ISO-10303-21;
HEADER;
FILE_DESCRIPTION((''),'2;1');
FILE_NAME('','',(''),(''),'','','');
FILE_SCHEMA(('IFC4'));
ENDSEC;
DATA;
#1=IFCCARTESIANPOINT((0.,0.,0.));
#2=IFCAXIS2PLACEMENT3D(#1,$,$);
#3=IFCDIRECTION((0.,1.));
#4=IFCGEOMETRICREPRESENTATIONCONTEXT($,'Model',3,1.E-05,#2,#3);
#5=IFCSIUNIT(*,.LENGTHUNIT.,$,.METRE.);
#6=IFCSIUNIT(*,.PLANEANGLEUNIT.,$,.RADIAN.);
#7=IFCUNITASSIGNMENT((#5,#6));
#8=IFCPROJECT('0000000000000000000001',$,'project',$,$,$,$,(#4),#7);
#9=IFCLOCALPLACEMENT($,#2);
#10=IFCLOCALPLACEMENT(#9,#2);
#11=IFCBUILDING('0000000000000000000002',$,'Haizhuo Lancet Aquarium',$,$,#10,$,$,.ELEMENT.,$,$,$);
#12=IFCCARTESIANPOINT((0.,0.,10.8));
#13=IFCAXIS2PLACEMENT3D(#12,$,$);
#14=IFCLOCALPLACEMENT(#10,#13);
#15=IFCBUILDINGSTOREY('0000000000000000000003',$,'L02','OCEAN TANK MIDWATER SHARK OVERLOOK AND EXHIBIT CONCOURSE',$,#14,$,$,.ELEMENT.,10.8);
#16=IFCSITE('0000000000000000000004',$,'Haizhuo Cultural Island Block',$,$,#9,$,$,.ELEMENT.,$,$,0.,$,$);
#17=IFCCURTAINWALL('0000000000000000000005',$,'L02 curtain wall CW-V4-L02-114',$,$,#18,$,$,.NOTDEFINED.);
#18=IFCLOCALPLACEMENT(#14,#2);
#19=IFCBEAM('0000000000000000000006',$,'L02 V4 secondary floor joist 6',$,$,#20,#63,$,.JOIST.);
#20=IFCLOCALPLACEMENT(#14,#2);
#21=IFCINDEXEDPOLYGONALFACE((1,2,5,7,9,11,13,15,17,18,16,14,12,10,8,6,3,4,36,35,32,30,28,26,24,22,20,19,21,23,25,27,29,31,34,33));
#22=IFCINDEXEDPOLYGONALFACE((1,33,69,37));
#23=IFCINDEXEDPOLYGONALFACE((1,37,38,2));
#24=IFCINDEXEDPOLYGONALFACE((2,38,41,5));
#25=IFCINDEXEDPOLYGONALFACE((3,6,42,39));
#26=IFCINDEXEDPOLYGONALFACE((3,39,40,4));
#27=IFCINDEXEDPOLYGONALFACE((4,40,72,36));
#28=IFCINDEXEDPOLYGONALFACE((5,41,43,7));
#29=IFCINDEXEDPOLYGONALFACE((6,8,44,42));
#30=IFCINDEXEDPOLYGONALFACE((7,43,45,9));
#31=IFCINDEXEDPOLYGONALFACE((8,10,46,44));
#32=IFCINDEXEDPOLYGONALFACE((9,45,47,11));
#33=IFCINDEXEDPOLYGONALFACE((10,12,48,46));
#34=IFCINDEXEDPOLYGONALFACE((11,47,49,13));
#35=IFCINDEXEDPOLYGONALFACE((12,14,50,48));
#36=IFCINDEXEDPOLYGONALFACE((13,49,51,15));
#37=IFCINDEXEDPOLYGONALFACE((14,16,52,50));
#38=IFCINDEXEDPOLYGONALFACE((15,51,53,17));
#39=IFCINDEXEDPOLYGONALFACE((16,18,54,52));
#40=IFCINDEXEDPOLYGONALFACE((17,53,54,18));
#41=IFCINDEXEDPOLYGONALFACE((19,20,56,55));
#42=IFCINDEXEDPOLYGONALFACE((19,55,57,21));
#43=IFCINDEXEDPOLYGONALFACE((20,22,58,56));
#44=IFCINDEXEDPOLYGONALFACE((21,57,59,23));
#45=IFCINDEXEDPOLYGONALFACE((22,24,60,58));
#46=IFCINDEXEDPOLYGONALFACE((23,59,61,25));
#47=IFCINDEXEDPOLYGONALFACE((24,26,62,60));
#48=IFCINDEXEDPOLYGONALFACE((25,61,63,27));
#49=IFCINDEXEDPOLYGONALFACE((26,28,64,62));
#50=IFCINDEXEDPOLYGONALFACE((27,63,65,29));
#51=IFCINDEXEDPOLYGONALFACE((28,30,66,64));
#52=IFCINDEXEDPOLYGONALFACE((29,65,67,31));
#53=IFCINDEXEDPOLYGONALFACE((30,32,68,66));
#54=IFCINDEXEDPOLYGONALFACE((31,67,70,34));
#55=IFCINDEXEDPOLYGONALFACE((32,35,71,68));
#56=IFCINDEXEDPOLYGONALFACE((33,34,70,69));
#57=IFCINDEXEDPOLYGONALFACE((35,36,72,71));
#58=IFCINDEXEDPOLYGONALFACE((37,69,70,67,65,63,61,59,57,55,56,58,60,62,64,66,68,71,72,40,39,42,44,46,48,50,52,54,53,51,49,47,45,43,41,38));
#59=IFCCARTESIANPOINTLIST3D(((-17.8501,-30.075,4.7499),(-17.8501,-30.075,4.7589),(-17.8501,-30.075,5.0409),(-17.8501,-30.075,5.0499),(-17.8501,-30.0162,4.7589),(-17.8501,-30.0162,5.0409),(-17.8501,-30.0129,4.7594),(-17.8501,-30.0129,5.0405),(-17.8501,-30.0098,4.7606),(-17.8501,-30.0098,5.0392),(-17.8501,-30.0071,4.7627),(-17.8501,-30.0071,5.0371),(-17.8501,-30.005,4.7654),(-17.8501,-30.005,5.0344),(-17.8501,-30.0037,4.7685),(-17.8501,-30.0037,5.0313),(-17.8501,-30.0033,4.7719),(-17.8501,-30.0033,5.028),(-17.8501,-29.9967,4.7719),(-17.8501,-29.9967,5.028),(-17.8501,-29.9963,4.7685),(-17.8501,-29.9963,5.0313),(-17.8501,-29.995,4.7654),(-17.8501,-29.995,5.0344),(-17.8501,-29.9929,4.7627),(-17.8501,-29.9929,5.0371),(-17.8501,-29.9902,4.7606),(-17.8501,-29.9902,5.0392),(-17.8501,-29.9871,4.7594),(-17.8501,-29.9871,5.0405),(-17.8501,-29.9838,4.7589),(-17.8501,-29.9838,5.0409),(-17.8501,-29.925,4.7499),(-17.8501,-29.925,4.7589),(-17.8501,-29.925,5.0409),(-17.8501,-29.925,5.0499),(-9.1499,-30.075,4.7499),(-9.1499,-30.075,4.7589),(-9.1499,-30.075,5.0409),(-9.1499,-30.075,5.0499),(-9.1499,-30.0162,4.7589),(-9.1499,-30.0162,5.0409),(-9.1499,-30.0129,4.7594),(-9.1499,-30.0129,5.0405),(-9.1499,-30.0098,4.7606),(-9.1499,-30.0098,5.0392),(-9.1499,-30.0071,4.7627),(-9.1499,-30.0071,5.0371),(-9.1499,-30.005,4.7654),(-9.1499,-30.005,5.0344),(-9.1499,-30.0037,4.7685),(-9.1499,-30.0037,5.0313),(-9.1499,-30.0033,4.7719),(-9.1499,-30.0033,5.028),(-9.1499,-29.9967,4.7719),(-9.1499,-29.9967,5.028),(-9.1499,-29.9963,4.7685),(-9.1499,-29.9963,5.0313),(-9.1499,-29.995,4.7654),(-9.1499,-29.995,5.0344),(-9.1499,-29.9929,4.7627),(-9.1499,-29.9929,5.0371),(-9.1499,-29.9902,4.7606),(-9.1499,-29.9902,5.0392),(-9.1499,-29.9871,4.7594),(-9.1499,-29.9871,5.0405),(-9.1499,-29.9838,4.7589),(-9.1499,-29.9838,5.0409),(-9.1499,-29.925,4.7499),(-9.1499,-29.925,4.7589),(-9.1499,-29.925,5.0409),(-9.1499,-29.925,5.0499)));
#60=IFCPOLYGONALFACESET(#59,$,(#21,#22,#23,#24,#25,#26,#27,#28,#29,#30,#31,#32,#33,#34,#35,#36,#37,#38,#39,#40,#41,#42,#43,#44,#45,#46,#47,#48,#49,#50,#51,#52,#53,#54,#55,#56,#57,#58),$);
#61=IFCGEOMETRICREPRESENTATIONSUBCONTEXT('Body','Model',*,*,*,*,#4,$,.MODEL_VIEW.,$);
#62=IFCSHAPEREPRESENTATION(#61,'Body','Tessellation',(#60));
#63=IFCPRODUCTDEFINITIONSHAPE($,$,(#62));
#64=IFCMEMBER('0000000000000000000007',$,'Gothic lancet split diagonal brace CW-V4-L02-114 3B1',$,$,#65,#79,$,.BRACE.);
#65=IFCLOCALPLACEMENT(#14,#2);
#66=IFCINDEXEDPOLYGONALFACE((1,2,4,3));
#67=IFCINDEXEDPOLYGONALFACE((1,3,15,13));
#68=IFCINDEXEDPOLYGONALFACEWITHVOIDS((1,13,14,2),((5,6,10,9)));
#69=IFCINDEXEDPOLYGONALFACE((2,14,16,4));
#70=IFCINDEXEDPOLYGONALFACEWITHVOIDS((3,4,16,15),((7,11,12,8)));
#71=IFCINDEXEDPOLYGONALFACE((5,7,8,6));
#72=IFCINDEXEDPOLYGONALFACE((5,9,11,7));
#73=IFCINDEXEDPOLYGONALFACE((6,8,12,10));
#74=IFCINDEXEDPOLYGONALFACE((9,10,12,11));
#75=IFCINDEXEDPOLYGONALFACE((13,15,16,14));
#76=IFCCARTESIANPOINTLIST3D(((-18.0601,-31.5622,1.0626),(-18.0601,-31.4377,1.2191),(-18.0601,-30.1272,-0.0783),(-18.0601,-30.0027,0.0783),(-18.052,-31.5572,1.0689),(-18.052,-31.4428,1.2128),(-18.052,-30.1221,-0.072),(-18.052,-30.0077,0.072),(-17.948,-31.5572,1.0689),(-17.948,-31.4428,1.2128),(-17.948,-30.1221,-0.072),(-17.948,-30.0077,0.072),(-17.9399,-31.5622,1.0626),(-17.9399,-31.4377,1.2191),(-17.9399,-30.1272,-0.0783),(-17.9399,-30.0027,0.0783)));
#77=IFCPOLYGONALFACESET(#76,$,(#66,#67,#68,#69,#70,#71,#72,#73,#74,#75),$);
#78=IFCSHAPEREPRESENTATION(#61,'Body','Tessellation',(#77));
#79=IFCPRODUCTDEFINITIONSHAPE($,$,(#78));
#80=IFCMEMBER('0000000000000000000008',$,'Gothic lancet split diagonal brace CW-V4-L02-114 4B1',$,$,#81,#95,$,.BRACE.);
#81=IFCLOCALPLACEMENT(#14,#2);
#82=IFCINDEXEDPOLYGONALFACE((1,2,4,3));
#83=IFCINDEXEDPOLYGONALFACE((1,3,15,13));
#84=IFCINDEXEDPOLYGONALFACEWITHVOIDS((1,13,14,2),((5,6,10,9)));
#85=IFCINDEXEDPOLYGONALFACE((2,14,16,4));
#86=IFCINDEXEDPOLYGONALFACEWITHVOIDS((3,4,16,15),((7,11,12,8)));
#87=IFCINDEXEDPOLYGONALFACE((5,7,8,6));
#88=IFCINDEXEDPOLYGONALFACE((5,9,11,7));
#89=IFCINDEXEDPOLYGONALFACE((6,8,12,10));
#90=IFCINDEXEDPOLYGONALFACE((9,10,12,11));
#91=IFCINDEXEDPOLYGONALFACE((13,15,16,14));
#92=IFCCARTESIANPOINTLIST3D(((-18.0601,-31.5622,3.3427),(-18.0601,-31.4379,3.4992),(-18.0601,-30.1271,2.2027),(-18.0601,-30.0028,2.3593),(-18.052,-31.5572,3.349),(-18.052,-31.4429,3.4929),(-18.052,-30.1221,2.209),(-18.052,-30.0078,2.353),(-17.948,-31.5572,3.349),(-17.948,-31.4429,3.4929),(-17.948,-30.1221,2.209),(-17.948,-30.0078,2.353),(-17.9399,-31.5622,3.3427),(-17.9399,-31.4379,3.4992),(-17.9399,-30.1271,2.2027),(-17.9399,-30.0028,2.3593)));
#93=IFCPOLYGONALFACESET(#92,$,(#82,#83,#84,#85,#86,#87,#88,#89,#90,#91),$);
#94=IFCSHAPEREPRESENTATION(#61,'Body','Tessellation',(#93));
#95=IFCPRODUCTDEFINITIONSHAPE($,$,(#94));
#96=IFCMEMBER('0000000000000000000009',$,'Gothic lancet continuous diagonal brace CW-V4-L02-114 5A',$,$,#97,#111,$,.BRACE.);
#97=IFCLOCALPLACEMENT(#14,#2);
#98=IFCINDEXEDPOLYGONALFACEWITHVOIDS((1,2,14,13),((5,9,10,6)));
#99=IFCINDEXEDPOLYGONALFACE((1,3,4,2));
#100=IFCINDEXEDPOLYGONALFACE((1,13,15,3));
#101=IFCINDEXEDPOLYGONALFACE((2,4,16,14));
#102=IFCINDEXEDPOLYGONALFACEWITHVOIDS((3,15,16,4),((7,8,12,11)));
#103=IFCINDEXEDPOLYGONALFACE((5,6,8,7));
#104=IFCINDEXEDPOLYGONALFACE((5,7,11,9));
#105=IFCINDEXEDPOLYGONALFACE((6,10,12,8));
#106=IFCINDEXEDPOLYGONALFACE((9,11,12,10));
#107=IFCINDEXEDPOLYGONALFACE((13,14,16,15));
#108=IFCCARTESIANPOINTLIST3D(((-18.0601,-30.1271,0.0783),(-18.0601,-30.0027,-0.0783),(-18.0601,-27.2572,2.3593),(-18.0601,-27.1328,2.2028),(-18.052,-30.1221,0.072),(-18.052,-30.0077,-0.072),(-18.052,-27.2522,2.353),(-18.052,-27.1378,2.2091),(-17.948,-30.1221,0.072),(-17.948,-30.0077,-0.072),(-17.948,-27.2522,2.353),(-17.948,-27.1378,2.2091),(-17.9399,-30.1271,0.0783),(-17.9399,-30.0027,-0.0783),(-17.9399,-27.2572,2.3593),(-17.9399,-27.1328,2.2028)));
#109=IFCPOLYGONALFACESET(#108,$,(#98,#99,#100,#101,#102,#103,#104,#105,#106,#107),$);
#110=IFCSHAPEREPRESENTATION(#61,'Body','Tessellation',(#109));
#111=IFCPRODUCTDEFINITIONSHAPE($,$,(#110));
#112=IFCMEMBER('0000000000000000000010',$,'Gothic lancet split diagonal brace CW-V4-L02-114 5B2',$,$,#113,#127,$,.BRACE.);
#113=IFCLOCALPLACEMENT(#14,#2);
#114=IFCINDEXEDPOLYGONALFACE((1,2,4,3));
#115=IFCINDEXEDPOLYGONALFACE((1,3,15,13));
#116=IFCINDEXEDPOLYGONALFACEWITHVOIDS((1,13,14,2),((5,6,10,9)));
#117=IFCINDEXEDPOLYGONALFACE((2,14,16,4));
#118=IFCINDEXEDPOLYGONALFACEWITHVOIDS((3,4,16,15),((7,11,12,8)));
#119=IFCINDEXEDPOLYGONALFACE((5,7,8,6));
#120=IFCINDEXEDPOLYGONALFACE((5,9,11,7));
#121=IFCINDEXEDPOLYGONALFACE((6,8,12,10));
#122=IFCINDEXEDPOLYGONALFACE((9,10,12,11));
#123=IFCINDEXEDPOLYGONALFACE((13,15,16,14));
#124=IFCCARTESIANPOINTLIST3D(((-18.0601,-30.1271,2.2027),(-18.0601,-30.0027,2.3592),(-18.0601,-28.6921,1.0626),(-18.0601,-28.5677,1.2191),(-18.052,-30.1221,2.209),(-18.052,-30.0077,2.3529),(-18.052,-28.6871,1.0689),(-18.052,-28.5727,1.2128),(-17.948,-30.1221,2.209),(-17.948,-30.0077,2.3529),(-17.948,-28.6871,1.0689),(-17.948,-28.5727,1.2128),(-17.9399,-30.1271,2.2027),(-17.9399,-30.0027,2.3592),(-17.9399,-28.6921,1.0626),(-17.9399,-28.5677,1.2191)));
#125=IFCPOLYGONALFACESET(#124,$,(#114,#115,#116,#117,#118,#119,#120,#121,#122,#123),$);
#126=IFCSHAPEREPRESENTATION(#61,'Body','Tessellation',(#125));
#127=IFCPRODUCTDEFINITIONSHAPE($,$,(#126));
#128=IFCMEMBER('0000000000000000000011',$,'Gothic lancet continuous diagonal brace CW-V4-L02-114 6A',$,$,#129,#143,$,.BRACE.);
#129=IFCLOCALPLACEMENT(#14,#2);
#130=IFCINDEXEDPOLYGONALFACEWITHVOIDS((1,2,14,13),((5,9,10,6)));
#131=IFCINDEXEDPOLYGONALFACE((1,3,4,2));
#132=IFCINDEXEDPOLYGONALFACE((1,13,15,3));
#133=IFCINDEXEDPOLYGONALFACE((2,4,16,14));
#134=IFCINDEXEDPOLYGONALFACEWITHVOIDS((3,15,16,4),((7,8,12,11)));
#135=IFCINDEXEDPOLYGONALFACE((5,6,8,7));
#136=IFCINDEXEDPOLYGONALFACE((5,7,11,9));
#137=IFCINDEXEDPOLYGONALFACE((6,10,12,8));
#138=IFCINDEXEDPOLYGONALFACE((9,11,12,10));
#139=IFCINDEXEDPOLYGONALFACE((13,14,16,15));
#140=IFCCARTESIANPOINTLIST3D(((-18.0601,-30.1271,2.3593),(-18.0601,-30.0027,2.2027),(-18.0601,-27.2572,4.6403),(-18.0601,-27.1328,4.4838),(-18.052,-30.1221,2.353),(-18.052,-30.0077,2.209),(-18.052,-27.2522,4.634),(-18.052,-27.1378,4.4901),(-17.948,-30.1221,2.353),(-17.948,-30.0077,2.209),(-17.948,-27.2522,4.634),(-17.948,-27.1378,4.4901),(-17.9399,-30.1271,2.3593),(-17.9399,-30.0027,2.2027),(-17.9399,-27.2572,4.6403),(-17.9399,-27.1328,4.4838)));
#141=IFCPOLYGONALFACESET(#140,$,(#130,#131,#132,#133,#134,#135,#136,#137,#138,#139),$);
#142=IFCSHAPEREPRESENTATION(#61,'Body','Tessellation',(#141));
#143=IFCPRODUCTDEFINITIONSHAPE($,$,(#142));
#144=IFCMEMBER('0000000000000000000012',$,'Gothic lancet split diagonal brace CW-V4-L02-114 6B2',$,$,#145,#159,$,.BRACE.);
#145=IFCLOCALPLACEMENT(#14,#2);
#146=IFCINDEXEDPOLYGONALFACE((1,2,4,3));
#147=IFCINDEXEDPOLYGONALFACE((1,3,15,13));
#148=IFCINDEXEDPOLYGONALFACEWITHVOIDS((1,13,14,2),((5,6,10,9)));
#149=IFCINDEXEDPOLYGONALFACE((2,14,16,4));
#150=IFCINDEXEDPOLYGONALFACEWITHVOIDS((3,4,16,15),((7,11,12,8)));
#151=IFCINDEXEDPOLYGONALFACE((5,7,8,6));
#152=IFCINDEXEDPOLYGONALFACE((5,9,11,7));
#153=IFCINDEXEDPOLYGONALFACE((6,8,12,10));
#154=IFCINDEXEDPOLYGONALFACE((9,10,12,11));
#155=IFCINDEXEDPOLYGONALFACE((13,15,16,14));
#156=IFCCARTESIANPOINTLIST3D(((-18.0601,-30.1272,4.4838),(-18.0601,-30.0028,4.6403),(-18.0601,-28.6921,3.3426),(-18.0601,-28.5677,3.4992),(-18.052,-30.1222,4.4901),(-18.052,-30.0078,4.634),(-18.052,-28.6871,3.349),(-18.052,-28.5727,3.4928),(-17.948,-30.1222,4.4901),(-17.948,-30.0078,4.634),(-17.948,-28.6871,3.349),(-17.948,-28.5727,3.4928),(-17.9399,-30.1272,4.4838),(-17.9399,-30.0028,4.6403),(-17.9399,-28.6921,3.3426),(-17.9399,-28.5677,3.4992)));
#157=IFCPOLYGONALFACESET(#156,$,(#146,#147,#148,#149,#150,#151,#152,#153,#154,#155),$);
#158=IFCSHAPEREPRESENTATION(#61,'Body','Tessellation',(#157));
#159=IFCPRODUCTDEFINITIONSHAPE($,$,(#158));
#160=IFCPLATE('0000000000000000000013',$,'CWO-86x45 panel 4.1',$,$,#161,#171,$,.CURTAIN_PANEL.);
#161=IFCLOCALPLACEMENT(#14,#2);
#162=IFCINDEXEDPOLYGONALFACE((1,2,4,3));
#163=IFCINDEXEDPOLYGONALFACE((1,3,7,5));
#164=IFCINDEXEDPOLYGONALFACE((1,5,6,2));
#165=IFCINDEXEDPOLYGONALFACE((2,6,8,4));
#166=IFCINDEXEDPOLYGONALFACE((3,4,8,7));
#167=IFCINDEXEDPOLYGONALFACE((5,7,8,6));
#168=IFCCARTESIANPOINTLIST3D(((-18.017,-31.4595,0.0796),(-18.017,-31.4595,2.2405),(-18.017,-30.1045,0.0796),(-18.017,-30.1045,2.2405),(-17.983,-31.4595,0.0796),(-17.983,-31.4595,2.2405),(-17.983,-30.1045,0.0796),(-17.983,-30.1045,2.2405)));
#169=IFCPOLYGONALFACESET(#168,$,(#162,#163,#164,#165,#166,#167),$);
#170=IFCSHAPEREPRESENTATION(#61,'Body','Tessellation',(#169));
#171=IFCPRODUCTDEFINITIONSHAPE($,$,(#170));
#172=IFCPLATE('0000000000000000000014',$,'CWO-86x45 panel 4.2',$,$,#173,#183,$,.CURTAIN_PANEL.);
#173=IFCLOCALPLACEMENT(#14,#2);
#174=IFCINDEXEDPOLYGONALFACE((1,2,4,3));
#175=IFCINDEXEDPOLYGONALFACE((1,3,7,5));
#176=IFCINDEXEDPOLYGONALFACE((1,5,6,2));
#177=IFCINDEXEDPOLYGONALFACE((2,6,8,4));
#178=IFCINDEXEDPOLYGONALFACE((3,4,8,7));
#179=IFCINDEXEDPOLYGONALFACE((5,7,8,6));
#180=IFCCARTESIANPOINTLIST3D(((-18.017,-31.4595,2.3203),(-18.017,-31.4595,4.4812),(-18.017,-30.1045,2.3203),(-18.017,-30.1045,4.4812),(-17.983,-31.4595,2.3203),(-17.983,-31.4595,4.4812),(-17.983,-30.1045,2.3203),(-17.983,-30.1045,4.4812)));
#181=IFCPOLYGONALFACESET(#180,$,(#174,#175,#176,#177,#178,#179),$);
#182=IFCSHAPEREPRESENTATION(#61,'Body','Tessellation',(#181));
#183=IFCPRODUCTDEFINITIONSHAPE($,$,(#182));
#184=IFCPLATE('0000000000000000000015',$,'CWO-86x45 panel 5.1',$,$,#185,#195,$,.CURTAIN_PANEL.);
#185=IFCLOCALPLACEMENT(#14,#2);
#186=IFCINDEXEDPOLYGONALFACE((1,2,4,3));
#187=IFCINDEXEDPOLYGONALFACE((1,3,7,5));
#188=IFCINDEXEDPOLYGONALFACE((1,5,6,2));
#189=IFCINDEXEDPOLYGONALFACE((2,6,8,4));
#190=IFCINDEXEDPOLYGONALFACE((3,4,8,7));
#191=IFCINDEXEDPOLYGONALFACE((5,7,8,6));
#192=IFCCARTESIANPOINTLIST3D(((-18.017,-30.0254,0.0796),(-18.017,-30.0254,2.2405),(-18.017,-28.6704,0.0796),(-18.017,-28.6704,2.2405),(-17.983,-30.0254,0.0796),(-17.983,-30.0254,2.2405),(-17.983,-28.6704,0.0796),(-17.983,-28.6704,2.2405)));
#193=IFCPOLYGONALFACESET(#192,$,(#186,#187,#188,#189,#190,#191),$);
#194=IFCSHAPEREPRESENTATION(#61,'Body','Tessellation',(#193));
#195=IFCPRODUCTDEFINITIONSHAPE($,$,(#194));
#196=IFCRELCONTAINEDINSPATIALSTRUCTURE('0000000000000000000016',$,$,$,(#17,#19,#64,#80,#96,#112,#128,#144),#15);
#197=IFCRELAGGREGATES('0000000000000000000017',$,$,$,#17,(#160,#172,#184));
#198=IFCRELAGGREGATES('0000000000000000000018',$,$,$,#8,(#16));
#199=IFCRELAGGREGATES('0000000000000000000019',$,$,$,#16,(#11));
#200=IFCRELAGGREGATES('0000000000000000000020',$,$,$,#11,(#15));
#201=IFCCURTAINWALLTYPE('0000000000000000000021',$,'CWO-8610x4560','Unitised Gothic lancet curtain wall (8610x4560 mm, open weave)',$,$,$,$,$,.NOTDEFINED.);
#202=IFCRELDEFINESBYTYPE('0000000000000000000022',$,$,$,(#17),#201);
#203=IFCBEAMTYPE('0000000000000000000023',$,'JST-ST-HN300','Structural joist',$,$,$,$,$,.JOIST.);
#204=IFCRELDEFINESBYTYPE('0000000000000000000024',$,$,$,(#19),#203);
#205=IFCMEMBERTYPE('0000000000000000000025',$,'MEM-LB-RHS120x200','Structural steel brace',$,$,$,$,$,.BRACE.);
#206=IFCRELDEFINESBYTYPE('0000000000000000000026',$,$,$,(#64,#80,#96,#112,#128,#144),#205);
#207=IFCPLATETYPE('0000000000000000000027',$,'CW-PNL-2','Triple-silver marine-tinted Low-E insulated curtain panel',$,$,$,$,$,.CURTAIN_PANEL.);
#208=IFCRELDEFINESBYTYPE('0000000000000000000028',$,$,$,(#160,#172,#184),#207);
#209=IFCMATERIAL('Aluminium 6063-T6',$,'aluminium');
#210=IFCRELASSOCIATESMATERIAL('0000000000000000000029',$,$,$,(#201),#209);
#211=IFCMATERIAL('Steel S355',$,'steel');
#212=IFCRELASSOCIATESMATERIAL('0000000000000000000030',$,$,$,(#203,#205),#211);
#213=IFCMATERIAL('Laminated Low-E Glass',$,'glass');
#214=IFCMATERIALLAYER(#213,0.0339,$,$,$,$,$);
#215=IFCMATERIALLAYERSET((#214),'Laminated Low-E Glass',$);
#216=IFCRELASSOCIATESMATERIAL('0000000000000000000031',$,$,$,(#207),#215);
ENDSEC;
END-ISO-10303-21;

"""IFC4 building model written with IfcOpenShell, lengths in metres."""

from ifc_helpers import new_model, si_unit, direction, frame, origin, origin_2d, place, context, subcontext, project, spatial, rectangle, hollow_rectangle, i_section, extrude, material, layer, layer_set, material_profile, profile_set, type_object, element, aggregate, save


model = new_model("IFC4")

# Units and contexts
model_context = context("Model", 3, precision=1e-05, world=origin(), true_north=direction((0.0, 1.0)))
body_context = subcontext(model_context, "Body", "Model", "MODEL_VIEW")
ifc_project = project(units=[si_unit("LENGTHUNIT", "METRE"), si_unit("PLANEANGLEUNIT", "RADIAN")], contexts=[model_context])

# Site, building, storey
site_placement = place(None, origin())
site = spatial("IfcSite", under=ifc_project, at=site_placement, Name="Haizhuo Cultural Island Block", CompositionType="ELEMENT", RefElevation=0.0)
building_placement = place(site_placement, origin())
building = spatial("IfcBuilding", under=site, at=building_placement, Name="Haizhuo Lancet Aquarium", CompositionType="ELEMENT")
storey_placement = place(building_placement, frame((0.0, 0.0, 10.8)))
storey = spatial("IfcBuildingStorey", under=building, at=storey_placement, Name="L02", Description="OCEAN TANK MIDWATER SHARK OVERLOOK AND EXHIBIT CONCOURSE", CompositionType="ELEMENT", Elevation=10.8)

# Curtain wall
ifc_material_1 = material(Name="Aluminium 6063-T6", Category="aluminium")
curtain_wall_type = type_object("IfcCurtainWallType", Name="CWO-8610x4560", Description="Unitised Gothic lancet curtain wall (8610x4560 mm, open weave)", PredefinedType="NOTDEFINED", material=ifc_material_1)
curtain_wall_placement = place(storey_placement, origin())
curtain_wall = element("IfcCurtainWall", 1, at=curtain_wall_placement, inside=storey, type_object=curtain_wall_type, Name="L02 curtain wall CW-V4-L02-114", PredefinedType="NOTDEFINED")

# Beam
ifc_material_2 = material(Name="Steel S355", Category="steel")
ifc_material_profile_1 = material_profile(ifc_material_2, i_section(OverallWidth=0.1499, OverallDepth=0.3, WebThickness=0.0066, FlangeThickness=0.009, FilletRadius=0.0129, at=origin_2d()), Name="HN 300x150x6.5x9")
ifc_profile_set_1 = profile_set([ifc_material_profile_1], Name="Steel S355")
beam_type = type_object("IfcBeamType", Name="JST-ST-HN300", Description="Structural joist", PredefinedType="JOIST", material=ifc_profile_set_1)
beam_placement = place(storey_placement, frame((-17.8501, -30.0, 4.8999), z_axis=(1.0, 0.0, 0.0), x_axis=(0.0, 1.0, 0.0)))
element("IfcBeam", 2, at=beam_placement, inside=storey, type_object=beam_type, Name="L02 V4 secondary floor joist 6", PredefinedType="JOIST", context=body_context, shape_type="SweptSolid", body=[
    extrude(i_section(OverallWidth=0.1499, OverallDepth=0.3, WebThickness=0.0066, FlangeThickness=0.009, FilletRadius=0.0129, at=origin_2d()), origin(), (0.0, 0.0, 1.0), 8.7002),
])

# Members
ifc_material_profile_2 = material_profile(ifc_material_2, hollow_rectangle(XDim=0.1201, YDim=0.2, WallThickness=0.0081, at=origin_2d()), Name="RHS 120x200x8")
ifc_profile_set_2 = profile_set([ifc_material_profile_2], Name="Steel S355")
member_type_1 = type_object("IfcMemberType", Name="MEM-LB-RHS120x200", Description="Structural steel brace", PredefinedType="BRACE", material=ifc_profile_set_2)
member_1_placement = place(storey_placement, frame((-18.0, -30.0649, 0.0), z_axis=(0.0, -0.782775, 0.622305), x_axis=(1.0, 0.0, 0.0)))
element("IfcMember", 3, at=member_1_placement, inside=storey, type_object=member_type_1, Name="Gothic lancet split diagonal brace CW-V4-L02-114 3B1", PredefinedType="BRACE", context=body_context, shape_type="SweptSolid", body=[
    extrude(hollow_rectangle(XDim=0.1201, YDim=0.2, WallThickness=0.0081, at=origin_2d()), origin(), (0.0, 0.0, 1.0), 1.8333),
])
member_2_placement = place(storey_placement, frame((-18.0, -30.0649, 2.281), z_axis=(0.0, -0.783035, 0.621978), x_axis=(1.0, 0.0, 0.0)))
element("IfcMember", 4, at=member_2_placement, inside=storey, type_object=member_type_1, Name="Gothic lancet split diagonal brace CW-V4-L02-114 4B1", PredefinedType="BRACE", context=body_context, shape_type="SweptSolid", body=[
    extrude(hollow_rectangle(XDim=0.1201, YDim=0.2, WallThickness=0.0081, at=origin_2d()), origin(), (0.0, 0.0, 1.0), 1.8328),
])
member_3_placement = place(storey_placement, frame((-18.0, -30.0649, 0.0), z_axis=(0.0, 0.782847, 0.622215), x_axis=(-1.0, 0.0, 0.0)))
element("IfcMember", 5, at=member_3_placement, inside=storey, type_object=member_type_1, Name="Gothic lancet continuous diagonal brace CW-V4-L02-114 5A", PredefinedType="BRACE", context=body_context, shape_type="SweptSolid", body=[
    extrude(hollow_rectangle(XDim=0.1201, YDim=0.2, WallThickness=0.0081, at=origin_2d()), origin(), (0.0, 0.0, 1.0), 3.666),
])
member_4_placement = place(storey_placement, frame((-18.0, -28.6299, 1.1409), z_axis=(0.0, -0.78297, 0.62206), x_axis=(1.0, 0.0, 0.0)))
element("IfcMember", 6, at=member_4_placement, inside=storey, type_object=member_type_1, Name="Gothic lancet split diagonal brace CW-V4-L02-114 5B2", PredefinedType="BRACE", context=body_context, shape_type="SweptSolid", body=[
    extrude(hollow_rectangle(XDim=0.1201, YDim=0.2, WallThickness=0.0081, at=origin_2d()), origin(), (0.0, 0.0, 1.0), 1.8328),
])
member_5_placement = place(storey_placement, frame((-18.0, -30.0649, 2.281), z_axis=(0.0, 0.782847, 0.622215), x_axis=(-1.0, 0.0, 0.0)))
element("IfcMember", 7, at=member_5_placement, inside=storey, type_object=member_type_1, Name="Gothic lancet continuous diagonal brace CW-V4-L02-114 6A", PredefinedType="BRACE", context=body_context, shape_type="SweptSolid", body=[
    extrude(hollow_rectangle(XDim=0.1201, YDim=0.2, WallThickness=0.0081, at=origin_2d()), origin(), (0.0, 0.0, 1.0), 3.666),
])
member_6_placement = place(storey_placement, frame((-18.0, -28.6299, 3.4209), z_axis=(0.0, -0.78271, 0.622386), x_axis=(1.0, 0.0, 0.0)))
element("IfcMember", 8, at=member_6_placement, inside=storey, type_object=member_type_1, Name="Gothic lancet split diagonal brace CW-V4-L02-114 6B2", PredefinedType="BRACE", context=body_context, shape_type="SweptSolid", body=[
    extrude(hollow_rectangle(XDim=0.1201, YDim=0.2, WallThickness=0.0081, at=origin_2d()), origin(), (0.0, 0.0, 1.0), 1.8335),
])

# Plates
ifc_material_3 = material(Name="Laminated Low-E Glass", Category="glass")
ifc_layer = layer(ifc_material_3, 0.0339)
ifc_layer_set = layer_set([ifc_layer], Name="Laminated Low-E Glass")
plate_type = type_object("IfcPlateType", Name="CW-PNL-2", Description="Triple-silver marine-tinted Low-E insulated curtain panel", PredefinedType="CURTAIN_PANEL", material=ifc_layer_set)
plate_1_placement = place(storey_placement, frame((-18.0, -30.782, 0.0796), z_axis=(0.0, 0.0, 1.0), x_axis=(0.0, 1.0, 0.0)))
plate_1 = element("IfcPlate", 9, at=plate_1_placement, type_object=plate_type, Name="CWO-86x45 panel 4.1", PredefinedType="CURTAIN_PANEL", context=body_context, shape_type="SweptSolid", body=[
    extrude(rectangle(XDim=1.355, YDim=0.0339, at=origin_2d()), origin(), (0.0, 0.0, 1.0), 2.1609),
])
plate_2_placement = place(storey_placement, frame((-18.0, -30.782, 2.3203), z_axis=(0.0, 0.0, 1.0), x_axis=(0.0, 1.0, 0.0)))
plate_2 = element("IfcPlate", 10, at=plate_2_placement, type_object=plate_type, Name="CWO-86x45 panel 4.2", PredefinedType="CURTAIN_PANEL", context=body_context, shape_type="SweptSolid", body=[
    extrude(rectangle(XDim=1.355, YDim=0.0339, at=origin_2d()), origin(), (0.0, 0.0, 1.0), 2.1609),
])
plate_3_placement = place(storey_placement, frame((-18.0, -29.3479, 0.0796), z_axis=(0.0, 0.0, 1.0), x_axis=(0.0, 1.0, 0.0)))
plate_3 = element("IfcPlate", 11, at=plate_3_placement, type_object=plate_type, Name="CWO-86x45 panel 5.1", PredefinedType="CURTAIN_PANEL", context=body_context, shape_type="SweptSolid", body=[
    extrude(rectangle(XDim=1.355, YDim=0.0339, at=origin_2d()), origin(), (0.0, 0.0, 1.0), 2.1609),
])
aggregate(curtain_wall, [plate_1, plate_2, plate_3])

save(model, "model.ifc")
